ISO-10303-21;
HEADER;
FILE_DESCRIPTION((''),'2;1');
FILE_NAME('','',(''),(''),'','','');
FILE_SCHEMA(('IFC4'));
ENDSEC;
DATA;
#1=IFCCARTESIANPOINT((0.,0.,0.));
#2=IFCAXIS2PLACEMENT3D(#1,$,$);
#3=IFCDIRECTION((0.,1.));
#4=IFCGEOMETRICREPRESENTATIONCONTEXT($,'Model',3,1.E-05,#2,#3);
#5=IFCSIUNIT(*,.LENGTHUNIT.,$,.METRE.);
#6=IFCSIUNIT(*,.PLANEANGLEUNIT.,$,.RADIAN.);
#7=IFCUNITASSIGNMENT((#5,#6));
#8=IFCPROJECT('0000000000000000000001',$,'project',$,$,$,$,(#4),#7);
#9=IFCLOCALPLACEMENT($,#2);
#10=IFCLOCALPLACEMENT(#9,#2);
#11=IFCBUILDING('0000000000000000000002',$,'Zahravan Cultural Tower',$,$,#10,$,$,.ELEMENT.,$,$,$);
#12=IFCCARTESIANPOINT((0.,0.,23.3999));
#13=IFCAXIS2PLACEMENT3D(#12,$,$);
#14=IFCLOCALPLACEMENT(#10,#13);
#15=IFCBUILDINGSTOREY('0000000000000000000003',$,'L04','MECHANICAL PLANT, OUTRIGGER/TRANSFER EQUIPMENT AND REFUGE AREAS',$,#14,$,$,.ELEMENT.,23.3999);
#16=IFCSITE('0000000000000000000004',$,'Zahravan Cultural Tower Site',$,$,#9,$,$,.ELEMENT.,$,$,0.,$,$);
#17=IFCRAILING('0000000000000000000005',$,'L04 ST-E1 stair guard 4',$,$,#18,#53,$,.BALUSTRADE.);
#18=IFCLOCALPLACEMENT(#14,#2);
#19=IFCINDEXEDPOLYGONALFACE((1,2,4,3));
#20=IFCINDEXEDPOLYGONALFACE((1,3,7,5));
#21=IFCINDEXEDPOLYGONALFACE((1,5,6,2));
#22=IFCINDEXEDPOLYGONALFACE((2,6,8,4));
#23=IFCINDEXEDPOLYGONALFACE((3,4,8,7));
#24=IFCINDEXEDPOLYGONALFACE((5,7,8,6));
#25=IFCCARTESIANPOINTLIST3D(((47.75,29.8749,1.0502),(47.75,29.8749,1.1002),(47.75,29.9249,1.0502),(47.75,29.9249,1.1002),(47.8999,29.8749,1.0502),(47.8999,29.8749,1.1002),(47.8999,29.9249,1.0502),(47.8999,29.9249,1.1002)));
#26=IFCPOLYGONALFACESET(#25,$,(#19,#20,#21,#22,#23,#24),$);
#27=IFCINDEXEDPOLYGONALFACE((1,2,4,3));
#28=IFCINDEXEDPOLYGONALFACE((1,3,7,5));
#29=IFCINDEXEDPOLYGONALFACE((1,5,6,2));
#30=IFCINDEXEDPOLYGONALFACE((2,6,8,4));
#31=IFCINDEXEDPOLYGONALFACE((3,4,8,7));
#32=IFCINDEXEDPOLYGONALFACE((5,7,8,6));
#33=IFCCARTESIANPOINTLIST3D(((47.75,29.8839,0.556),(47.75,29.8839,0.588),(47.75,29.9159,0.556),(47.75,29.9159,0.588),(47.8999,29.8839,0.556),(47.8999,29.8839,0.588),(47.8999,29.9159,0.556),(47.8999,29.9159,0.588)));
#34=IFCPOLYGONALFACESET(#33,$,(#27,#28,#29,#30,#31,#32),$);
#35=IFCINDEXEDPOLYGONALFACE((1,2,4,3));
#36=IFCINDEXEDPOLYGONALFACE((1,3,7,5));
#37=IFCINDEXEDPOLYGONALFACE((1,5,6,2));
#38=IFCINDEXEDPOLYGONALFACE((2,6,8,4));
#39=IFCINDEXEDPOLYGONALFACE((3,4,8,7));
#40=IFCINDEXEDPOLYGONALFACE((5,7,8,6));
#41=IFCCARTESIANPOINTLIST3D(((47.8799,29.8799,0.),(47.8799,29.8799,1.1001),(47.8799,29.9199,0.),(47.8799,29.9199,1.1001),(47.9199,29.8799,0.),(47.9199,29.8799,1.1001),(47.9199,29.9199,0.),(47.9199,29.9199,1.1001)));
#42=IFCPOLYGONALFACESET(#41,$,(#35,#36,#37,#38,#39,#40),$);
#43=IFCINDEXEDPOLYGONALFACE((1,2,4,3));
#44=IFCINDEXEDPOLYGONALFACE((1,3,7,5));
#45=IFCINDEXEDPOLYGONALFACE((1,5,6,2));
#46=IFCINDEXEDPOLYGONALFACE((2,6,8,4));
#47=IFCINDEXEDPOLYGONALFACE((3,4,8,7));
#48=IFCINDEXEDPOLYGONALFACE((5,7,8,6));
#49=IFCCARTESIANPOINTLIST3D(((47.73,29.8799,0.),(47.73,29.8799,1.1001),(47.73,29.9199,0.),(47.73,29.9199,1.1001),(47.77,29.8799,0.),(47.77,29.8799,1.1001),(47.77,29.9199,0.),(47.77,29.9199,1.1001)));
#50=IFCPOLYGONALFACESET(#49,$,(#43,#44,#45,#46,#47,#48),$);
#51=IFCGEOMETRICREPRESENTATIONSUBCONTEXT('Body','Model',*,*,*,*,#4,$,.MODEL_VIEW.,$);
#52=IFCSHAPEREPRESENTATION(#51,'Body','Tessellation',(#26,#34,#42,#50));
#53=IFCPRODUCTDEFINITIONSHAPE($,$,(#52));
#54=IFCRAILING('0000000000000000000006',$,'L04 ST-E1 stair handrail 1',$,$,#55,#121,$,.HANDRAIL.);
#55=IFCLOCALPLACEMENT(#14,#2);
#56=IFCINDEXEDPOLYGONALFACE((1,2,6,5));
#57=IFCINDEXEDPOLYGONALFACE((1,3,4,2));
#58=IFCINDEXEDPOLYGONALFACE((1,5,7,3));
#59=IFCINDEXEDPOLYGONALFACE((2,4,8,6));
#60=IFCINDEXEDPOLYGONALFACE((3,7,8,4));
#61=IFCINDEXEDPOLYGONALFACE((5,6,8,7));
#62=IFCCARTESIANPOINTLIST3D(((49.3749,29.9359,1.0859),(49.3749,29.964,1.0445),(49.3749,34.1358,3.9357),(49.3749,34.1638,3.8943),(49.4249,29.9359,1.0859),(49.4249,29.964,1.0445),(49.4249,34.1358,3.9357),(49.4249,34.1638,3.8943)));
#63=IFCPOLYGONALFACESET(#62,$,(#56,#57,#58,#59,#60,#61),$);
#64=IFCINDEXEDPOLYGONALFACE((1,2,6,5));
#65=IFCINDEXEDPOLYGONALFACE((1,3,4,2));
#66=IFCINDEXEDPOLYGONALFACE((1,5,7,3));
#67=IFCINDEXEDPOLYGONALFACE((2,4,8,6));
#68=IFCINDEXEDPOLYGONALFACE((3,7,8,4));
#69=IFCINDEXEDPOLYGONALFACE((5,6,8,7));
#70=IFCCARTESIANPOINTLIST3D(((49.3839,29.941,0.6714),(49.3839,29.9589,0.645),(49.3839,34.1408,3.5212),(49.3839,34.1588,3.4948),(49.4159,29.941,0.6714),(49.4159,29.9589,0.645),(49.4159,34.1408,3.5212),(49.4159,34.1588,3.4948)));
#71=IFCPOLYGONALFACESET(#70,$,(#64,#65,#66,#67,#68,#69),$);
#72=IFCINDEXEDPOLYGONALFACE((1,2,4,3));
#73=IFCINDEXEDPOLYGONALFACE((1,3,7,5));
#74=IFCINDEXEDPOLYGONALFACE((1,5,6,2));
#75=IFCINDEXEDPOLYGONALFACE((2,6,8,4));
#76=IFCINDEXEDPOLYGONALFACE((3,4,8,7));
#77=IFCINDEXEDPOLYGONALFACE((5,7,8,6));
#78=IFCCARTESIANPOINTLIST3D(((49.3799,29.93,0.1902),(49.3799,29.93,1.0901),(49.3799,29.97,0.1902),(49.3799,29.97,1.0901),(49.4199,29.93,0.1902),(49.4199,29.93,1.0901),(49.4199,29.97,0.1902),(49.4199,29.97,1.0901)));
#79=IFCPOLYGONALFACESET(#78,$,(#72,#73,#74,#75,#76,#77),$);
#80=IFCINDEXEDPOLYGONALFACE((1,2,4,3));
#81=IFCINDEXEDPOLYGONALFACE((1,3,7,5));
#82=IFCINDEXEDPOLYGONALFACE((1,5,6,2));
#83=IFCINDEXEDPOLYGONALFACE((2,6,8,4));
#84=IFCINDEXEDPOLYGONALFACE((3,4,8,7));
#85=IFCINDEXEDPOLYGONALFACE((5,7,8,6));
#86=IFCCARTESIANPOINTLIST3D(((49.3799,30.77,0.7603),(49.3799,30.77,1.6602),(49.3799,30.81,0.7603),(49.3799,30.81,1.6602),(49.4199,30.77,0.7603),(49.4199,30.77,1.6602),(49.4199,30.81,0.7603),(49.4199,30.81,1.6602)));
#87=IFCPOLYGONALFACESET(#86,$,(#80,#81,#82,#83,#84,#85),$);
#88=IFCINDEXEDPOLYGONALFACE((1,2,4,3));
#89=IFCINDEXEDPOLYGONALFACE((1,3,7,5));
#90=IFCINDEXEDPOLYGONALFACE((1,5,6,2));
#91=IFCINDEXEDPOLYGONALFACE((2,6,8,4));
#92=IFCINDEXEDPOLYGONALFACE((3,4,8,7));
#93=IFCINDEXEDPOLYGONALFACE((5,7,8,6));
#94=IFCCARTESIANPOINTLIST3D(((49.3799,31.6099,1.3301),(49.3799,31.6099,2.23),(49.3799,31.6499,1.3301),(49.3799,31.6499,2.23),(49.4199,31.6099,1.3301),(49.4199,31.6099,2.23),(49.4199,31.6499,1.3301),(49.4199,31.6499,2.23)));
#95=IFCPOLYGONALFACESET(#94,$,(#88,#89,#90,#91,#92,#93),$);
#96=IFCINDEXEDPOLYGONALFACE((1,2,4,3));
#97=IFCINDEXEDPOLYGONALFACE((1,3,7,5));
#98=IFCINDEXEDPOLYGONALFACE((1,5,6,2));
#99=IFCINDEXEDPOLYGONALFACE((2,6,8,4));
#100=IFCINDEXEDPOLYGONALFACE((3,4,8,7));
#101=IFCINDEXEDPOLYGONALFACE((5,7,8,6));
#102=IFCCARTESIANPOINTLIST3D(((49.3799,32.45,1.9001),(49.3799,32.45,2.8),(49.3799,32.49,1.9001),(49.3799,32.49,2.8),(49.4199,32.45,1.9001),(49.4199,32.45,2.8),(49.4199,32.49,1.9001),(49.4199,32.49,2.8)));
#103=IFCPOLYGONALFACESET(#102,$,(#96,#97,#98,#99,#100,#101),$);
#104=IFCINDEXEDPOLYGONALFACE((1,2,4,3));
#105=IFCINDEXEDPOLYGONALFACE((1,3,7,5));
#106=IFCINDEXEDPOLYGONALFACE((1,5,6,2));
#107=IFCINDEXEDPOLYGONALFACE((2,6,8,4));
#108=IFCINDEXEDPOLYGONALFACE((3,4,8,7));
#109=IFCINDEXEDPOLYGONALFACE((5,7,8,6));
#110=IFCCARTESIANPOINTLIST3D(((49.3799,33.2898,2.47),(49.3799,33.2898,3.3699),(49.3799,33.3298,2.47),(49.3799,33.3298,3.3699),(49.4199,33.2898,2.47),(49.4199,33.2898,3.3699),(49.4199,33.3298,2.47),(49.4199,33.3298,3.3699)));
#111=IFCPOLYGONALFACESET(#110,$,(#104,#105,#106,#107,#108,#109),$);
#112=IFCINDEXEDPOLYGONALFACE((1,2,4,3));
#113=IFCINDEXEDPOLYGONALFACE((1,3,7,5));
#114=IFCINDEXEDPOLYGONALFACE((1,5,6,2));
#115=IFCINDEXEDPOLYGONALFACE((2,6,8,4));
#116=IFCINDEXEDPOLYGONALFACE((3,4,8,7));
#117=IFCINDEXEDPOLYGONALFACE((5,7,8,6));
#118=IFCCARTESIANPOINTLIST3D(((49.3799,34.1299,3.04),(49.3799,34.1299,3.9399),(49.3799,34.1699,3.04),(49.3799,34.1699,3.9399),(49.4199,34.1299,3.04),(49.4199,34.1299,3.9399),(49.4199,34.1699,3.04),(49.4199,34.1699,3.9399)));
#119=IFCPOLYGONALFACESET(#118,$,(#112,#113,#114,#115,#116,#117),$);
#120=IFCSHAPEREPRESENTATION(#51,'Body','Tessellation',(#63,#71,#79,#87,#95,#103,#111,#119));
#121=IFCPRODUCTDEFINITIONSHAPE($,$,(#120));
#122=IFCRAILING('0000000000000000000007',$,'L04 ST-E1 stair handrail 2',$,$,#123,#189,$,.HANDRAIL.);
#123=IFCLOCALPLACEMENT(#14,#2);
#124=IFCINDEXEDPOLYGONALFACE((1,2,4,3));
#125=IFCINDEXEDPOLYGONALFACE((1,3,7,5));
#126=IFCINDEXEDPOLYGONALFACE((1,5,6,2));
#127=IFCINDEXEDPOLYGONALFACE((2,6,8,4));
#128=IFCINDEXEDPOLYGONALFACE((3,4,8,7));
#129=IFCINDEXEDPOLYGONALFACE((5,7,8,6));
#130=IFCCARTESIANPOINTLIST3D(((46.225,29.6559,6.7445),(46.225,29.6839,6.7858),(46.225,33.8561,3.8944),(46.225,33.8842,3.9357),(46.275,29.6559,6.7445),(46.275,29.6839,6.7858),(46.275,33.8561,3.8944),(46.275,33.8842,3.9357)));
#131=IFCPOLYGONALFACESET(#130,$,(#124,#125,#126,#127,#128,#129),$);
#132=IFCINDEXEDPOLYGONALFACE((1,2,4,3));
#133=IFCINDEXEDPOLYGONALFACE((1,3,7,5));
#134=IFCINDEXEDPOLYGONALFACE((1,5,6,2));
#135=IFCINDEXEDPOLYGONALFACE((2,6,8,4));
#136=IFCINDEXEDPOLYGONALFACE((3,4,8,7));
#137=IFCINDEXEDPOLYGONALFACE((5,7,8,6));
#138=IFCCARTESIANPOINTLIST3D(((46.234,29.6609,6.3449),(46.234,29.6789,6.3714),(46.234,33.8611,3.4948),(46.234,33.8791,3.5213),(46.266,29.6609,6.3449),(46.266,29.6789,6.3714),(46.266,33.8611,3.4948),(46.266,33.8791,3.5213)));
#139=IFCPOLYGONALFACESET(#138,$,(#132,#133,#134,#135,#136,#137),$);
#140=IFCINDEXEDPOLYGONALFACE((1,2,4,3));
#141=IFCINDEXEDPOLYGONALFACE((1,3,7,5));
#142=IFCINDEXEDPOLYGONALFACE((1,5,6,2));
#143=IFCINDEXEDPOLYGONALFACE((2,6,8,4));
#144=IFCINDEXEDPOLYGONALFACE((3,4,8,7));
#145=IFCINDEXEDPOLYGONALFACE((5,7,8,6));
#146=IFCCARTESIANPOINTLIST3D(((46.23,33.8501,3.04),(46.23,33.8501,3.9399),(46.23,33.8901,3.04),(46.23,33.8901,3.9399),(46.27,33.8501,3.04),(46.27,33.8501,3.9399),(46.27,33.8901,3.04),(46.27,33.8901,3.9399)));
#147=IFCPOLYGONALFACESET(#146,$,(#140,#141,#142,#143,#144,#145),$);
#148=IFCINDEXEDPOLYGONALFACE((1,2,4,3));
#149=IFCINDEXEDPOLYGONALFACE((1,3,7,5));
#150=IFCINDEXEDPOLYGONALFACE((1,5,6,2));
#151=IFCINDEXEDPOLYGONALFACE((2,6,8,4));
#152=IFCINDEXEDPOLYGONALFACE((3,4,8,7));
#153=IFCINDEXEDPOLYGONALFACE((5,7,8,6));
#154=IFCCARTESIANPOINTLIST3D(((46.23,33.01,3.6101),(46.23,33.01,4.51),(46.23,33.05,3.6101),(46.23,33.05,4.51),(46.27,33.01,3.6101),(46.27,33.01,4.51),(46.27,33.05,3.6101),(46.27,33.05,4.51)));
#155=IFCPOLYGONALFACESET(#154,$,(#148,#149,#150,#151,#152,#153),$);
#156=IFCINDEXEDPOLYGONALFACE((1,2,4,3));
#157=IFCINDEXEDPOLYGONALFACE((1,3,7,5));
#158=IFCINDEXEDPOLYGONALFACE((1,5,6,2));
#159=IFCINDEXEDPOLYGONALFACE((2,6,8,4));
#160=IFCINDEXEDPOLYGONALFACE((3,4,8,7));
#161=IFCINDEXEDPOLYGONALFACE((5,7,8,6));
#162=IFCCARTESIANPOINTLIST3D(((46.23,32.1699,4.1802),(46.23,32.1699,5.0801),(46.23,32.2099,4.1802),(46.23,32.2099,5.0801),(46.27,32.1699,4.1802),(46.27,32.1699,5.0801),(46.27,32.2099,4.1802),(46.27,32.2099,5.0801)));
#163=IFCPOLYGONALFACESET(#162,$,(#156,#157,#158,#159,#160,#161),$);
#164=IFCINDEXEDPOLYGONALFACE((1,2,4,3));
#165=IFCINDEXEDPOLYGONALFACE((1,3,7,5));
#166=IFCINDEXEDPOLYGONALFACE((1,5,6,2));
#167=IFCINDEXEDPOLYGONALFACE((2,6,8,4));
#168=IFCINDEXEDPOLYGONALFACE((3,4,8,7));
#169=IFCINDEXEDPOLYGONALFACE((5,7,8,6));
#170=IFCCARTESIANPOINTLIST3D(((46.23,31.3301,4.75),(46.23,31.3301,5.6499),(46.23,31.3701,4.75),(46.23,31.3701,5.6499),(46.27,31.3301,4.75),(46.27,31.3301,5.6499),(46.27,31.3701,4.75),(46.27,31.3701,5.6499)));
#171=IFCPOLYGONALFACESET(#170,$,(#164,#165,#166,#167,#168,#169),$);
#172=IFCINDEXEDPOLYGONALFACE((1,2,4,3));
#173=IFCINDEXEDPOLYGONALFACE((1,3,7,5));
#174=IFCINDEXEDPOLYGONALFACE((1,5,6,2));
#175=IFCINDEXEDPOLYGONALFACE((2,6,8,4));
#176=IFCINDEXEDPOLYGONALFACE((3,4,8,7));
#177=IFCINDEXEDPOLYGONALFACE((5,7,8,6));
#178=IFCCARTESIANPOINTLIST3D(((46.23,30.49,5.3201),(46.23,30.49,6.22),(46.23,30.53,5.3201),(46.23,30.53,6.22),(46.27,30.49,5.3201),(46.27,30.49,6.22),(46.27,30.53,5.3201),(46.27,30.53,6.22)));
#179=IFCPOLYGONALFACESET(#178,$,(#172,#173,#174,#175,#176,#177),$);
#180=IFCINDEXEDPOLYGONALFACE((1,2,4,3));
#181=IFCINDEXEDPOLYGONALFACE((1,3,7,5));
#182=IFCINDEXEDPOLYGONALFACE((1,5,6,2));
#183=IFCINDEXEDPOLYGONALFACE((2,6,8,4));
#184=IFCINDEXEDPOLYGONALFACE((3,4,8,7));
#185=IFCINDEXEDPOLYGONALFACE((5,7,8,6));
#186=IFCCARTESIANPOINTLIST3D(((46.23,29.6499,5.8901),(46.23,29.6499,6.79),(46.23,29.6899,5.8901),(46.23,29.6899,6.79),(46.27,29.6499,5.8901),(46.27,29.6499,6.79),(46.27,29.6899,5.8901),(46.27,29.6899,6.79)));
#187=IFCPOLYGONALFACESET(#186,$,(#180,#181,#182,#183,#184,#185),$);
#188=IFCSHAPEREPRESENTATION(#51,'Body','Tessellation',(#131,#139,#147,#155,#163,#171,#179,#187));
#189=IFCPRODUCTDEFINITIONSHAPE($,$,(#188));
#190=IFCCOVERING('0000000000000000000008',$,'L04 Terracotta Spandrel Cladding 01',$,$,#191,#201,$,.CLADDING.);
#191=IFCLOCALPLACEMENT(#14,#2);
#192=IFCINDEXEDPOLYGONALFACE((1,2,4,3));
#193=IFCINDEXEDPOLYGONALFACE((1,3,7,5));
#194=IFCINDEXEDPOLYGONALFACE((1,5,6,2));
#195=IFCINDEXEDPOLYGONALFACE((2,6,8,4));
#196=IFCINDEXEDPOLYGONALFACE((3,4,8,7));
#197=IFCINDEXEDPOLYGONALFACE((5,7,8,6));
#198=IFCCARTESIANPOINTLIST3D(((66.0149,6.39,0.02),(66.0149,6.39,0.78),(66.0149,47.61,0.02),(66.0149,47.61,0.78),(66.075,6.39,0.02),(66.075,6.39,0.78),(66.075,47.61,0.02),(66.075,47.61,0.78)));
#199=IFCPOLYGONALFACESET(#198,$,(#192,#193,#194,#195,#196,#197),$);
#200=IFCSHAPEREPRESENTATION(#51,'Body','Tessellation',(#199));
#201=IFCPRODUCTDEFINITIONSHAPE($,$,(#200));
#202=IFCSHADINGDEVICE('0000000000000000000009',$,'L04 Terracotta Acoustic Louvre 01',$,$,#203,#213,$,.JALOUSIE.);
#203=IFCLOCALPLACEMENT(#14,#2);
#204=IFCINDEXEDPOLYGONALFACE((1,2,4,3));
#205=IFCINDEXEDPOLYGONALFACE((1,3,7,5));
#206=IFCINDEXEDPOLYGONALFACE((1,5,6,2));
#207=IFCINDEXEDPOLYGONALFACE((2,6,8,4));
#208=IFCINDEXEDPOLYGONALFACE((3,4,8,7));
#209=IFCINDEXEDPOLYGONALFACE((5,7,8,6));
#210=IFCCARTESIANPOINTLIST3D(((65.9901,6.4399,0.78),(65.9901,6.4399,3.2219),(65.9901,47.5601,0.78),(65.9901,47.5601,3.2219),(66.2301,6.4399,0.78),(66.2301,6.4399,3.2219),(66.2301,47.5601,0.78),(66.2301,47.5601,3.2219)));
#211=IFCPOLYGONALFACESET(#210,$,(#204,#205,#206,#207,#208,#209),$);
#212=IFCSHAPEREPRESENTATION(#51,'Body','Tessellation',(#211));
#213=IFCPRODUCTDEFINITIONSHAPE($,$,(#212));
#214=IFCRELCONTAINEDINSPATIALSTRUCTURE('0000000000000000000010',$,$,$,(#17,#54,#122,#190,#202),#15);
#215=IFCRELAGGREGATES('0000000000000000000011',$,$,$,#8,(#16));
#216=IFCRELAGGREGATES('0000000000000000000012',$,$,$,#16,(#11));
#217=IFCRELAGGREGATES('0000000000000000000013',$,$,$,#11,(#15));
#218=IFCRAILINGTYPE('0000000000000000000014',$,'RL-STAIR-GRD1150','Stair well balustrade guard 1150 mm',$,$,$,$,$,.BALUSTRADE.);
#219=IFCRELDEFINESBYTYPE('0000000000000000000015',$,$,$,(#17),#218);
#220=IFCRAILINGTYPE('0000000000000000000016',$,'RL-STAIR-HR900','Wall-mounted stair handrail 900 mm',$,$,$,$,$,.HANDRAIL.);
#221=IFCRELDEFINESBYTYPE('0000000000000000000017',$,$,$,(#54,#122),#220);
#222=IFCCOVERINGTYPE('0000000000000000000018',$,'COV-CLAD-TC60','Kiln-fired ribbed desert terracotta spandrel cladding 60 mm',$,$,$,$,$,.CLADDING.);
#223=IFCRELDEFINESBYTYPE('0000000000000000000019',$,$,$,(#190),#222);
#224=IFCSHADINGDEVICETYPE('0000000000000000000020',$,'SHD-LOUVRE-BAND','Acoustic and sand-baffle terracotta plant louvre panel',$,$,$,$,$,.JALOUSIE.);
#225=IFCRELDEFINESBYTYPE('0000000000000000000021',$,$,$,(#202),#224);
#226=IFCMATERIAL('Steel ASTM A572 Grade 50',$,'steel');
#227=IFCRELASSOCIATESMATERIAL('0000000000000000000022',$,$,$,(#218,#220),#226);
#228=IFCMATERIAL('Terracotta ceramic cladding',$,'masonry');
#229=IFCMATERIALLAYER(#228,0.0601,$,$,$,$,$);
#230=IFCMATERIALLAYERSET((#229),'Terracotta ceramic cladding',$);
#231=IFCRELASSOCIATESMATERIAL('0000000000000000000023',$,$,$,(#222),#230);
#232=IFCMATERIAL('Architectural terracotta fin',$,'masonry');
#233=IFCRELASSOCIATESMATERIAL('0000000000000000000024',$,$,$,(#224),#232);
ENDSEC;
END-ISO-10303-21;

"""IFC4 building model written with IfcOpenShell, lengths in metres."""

from ifc_helpers import new_model, si_unit, direction, frame, origin, origin_2d, place, context, subcontext, project, spatial, rectangle, extrude, source, transform, mapped, material, layer, layer_set, type_object, element, save


model = new_model("IFC4")

# Units and contexts
model_context = context("Model", 3, precision=1e-05, world=origin(), true_north=direction((0.0, 1.0)))
body_context = subcontext(model_context, "Body", "Model", "MODEL_VIEW")
ifc_project = project(units=[si_unit("LENGTHUNIT", "METRE"), si_unit("PLANEANGLEUNIT", "RADIAN")], contexts=[model_context])

# Site, building, storey
site_placement = place(None, origin())
site = spatial("IfcSite", under=ifc_project, at=site_placement, Name="Zahravan Cultural Tower Site", CompositionType="ELEMENT", RefElevation=0.0)
building_placement = place(site_placement, origin())
building = spatial("IfcBuilding", under=site, at=building_placement, Name="Zahravan Cultural Tower", CompositionType="ELEMENT")
storey_placement = place(building_placement, frame((0.0, 0.0, 23.3999)))
storey = spatial("IfcBuildingStorey", under=building, at=storey_placement, Name="L04", Description="MECHANICAL PLANT, OUTRIGGER/TRANSFER EQUIPMENT AND REFUGE AREAS", CompositionType="ELEMENT", Elevation=23.3999)

# Shared definitions
ifc_material_1 = material(Name="Steel ASTM A572 Grade 50", Category="steel")

# Railings
railing_type_1 = type_object("IfcRailingType", Name="RL-STAIR-GRD1150", Description="Stair well balustrade guard 1150 mm", PredefinedType="BALUSTRADE", material=ifc_material_1)
railing_1_placement = place(storey_placement, frame((47.8999, 29.8999, 0.0)))
element("IfcRailing", 1, at=railing_1_placement, inside=storey, type_object=railing_type_1, Name="L04 ST-E1 stair guard 4", PredefinedType="BALUSTRADE", context=body_context, shape_type="SweptSolid", body=[
    extrude(rectangle(XDim=0.05, YDim=0.05, at=origin_2d()), frame((0.0, 0.0, 1.0752), z_axis=(-1.0, 0.0, 0.0), x_axis=(0.0, -1.0, 0.0)), (0.0, 0.0, 1.0), 0.1499),
    extrude(rectangle(XDim=0.032, YDim=0.032, at=origin_2d()), frame((0.0, 0.0, 0.572), z_axis=(-1.0, 0.0, 0.0), x_axis=(0.0, -1.0, 0.0)), (0.0, 0.0, 1.0), 0.1499),
    extrude(rectangle(XDim=0.04, YDim=0.04, at=origin_2d()), origin(), (0.0, 0.0, 1.0), 1.1001),
    extrude(rectangle(XDim=0.04, YDim=0.04, at=origin_2d()), frame((-0.1499, 0.0, 0.0)), (0.0, 0.0, 1.0), 1.1001),
])
railing_type_2 = type_object("IfcRailingType", Name="RL-STAIR-HR900", Description="Wall-mounted stair handrail 900 mm", PredefinedType="HANDRAIL", material=ifc_material_1)
railing_2_placement = place(storey_placement, frame((49.3999, 29.95, 0.1902)))
element("IfcRailing", 2, at=railing_2_placement, inside=storey, type_object=railing_type_2, Name="L04 ST-E1 stair handrail 1", PredefinedType="HANDRAIL", context=body_context, shape_type="SweptSolid", body=[
    extrude(rectangle(XDim=0.05, YDim=0.05, at=origin_2d()), frame((0.0, 0.0, 0.875), z_axis=(0.0, 0.827486, 0.561486), x_axis=(-1.0, 0.0, 0.0)), (0.0, 0.0, 1.0), 5.0754),
    extrude(rectangle(XDim=0.032, YDim=0.032, at=origin_2d()), frame((0.0, 0.0, 0.468), z_axis=(0.0, 0.827486, 0.561486), x_axis=(-1.0, 0.0, 0.0)), (0.0, 0.0, 1.0), 5.0754),
    extrude(rectangle(XDim=0.04, YDim=0.04, at=origin_2d()), origin(), (0.0, 0.0, 1.0), 0.8999),
    extrude(rectangle(XDim=0.04, YDim=0.04, at=origin_2d()), frame((0.0, 0.8401, 0.5701)), (0.0, 0.0, 1.0), 0.8999),
    extrude(rectangle(XDim=0.04, YDim=0.04, at=origin_2d()), frame((0.0, 1.6799, 1.1399)), (0.0, 0.0, 1.0), 0.8999),
    extrude(rectangle(XDim=0.04, YDim=0.04, at=origin_2d()), frame((0.0, 2.52, 1.71)), (0.0, 0.0, 1.0), 0.8999),
    extrude(rectangle(XDim=0.04, YDim=0.04, at=origin_2d()), frame((0.0, 3.3599, 2.2798)), (0.0, 0.0, 1.0), 0.8999),
    extrude(rectangle(XDim=0.04, YDim=0.04, at=origin_2d()), frame((0.0, 4.2, 2.8499)), (0.0, 0.0, 1.0), 0.8999),
])
railing_3_placement = place(storey_placement, frame((46.25, 33.8701, 3.04)))
element("IfcRailing", 3, at=railing_3_placement, inside=storey, type_object=railing_type_2, Name="L04 ST-E1 stair handrail 2", PredefinedType="HANDRAIL", context=body_context, shape_type="SweptSolid", body=[
    extrude(rectangle(XDim=0.05, YDim=0.05, at=origin_2d()), frame((0.0, 0.0, 0.875), z_axis=(0.0, -0.827479, 0.561497), x_axis=(1.0, 0.0, 0.0)), (0.0, 0.0, 1.0), 5.0759),
    extrude(rectangle(XDim=0.032, YDim=0.032, at=origin_2d()), frame((0.0, 0.0, 0.468), z_axis=(0.0, -0.827479, 0.561497), x_axis=(1.0, 0.0, 0.0)), (0.0, 0.0, 1.0), 5.0759),
    extrude(rectangle(XDim=0.04, YDim=0.04, at=origin_2d()), origin(), (0.0, 0.0, 1.0), 0.8999),
    extrude(rectangle(XDim=0.04, YDim=0.04, at=origin_2d()), frame((0.0, -0.8401, 0.5701)), (0.0, 0.0, 1.0), 0.8999),
    extrude(rectangle(XDim=0.04, YDim=0.04, at=origin_2d()), frame((0.0, -1.6802, 1.1401)), (0.0, 0.0, 1.0), 0.8999),
    extrude(rectangle(XDim=0.04, YDim=0.04, at=origin_2d()), frame((0.0, -2.52, 1.71)), (0.0, 0.0, 1.0), 0.8999),
    extrude(rectangle(XDim=0.04, YDim=0.04, at=origin_2d()), frame((0.0, -3.3601, 2.28)), (0.0, 0.0, 1.0), 0.8999),
    extrude(rectangle(XDim=0.04, YDim=0.04, at=origin_2d()), frame((0.0, -4.2002, 2.8501)), (0.0, 0.0, 1.0), 0.8999),
])

# Covering
ifc_material_2 = material(Name="Terracotta ceramic cladding", Category="masonry")
ifc_layer_1 = layer(ifc_material_2, 0.0601)
ifc_layer_set_1 = layer_set([ifc_layer_1], Name="Terracotta ceramic cladding")
covering_type = type_object("IfcCoveringType", Name="COV-CLAD-TC60", Description="Kiln-fired ribbed desert terracotta spandrel cladding 60 mm", PredefinedType="CLADDING", material=ifc_layer_set_1)
shared_shape_1 = source(origin(), body_context, "Body", "SweptSolid", [
    extrude(rectangle(XDim=41.22, YDim=0.0601, at=origin_2d()), origin(), (0.0, 0.0, 1.0), 0.76),
])
covering_placement = place(storey_placement, frame((66.0449, 27.0, 0.02), z_axis=(0.0, 0.0, 1.0), x_axis=(0.0, -1.0, 0.0)))
element("IfcCovering", 4, at=covering_placement, inside=storey, type_object=covering_type, Name="L04 Terracotta Spandrel Cladding 01", PredefinedType="CLADDING", context=body_context, shape_type="MappedRepresentation", body=[
    mapped(shared_shape_1, transform((0.0, 0.0, 0.0), x_axis=(1.0, 0.0, 0.0), y_axis=(0.0, 1.0, 0.0), z_axis=(0.0, 0.0, 1.0), scale=1.0)),
])

# Shading device
ifc_material_3 = material(Name="Architectural terracotta fin", Category="masonry")
shading_device_type = type_object("IfcShadingDeviceType", Name="SHD-LOUVRE-BAND", Description="Acoustic and sand-baffle terracotta plant louvre panel", PredefinedType="JALOUSIE", material=ifc_material_3)
shared_shape_2 = source(origin(), body_context, "Body", "SweptSolid", [
    extrude(rectangle(XDim=41.1201, YDim=0.24, at=origin_2d()), origin(), (0.0, 0.0, 1.0), 2.4419),
])
shading_device_placement = place(storey_placement, frame((66.1101, 27.0, 0.78), z_axis=(0.0, 0.0, 1.0), x_axis=(0.0, -1.0, 0.0)))
element("IfcShadingDevice", 5, at=shading_device_placement, inside=storey, type_object=shading_device_type, Name="L04 Terracotta Acoustic Louvre 01", PredefinedType="JALOUSIE", context=body_context, shape_type="MappedRepresentation", body=[
    mapped(shared_shape_2, transform((0.0, 0.0, 0.0), x_axis=(1.0, 0.0, 0.0), y_axis=(0.0, 1.0, 0.0), z_axis=(0.0, 0.0, 1.0), scale=1.0)),
])

save(model, "model.ifc")
